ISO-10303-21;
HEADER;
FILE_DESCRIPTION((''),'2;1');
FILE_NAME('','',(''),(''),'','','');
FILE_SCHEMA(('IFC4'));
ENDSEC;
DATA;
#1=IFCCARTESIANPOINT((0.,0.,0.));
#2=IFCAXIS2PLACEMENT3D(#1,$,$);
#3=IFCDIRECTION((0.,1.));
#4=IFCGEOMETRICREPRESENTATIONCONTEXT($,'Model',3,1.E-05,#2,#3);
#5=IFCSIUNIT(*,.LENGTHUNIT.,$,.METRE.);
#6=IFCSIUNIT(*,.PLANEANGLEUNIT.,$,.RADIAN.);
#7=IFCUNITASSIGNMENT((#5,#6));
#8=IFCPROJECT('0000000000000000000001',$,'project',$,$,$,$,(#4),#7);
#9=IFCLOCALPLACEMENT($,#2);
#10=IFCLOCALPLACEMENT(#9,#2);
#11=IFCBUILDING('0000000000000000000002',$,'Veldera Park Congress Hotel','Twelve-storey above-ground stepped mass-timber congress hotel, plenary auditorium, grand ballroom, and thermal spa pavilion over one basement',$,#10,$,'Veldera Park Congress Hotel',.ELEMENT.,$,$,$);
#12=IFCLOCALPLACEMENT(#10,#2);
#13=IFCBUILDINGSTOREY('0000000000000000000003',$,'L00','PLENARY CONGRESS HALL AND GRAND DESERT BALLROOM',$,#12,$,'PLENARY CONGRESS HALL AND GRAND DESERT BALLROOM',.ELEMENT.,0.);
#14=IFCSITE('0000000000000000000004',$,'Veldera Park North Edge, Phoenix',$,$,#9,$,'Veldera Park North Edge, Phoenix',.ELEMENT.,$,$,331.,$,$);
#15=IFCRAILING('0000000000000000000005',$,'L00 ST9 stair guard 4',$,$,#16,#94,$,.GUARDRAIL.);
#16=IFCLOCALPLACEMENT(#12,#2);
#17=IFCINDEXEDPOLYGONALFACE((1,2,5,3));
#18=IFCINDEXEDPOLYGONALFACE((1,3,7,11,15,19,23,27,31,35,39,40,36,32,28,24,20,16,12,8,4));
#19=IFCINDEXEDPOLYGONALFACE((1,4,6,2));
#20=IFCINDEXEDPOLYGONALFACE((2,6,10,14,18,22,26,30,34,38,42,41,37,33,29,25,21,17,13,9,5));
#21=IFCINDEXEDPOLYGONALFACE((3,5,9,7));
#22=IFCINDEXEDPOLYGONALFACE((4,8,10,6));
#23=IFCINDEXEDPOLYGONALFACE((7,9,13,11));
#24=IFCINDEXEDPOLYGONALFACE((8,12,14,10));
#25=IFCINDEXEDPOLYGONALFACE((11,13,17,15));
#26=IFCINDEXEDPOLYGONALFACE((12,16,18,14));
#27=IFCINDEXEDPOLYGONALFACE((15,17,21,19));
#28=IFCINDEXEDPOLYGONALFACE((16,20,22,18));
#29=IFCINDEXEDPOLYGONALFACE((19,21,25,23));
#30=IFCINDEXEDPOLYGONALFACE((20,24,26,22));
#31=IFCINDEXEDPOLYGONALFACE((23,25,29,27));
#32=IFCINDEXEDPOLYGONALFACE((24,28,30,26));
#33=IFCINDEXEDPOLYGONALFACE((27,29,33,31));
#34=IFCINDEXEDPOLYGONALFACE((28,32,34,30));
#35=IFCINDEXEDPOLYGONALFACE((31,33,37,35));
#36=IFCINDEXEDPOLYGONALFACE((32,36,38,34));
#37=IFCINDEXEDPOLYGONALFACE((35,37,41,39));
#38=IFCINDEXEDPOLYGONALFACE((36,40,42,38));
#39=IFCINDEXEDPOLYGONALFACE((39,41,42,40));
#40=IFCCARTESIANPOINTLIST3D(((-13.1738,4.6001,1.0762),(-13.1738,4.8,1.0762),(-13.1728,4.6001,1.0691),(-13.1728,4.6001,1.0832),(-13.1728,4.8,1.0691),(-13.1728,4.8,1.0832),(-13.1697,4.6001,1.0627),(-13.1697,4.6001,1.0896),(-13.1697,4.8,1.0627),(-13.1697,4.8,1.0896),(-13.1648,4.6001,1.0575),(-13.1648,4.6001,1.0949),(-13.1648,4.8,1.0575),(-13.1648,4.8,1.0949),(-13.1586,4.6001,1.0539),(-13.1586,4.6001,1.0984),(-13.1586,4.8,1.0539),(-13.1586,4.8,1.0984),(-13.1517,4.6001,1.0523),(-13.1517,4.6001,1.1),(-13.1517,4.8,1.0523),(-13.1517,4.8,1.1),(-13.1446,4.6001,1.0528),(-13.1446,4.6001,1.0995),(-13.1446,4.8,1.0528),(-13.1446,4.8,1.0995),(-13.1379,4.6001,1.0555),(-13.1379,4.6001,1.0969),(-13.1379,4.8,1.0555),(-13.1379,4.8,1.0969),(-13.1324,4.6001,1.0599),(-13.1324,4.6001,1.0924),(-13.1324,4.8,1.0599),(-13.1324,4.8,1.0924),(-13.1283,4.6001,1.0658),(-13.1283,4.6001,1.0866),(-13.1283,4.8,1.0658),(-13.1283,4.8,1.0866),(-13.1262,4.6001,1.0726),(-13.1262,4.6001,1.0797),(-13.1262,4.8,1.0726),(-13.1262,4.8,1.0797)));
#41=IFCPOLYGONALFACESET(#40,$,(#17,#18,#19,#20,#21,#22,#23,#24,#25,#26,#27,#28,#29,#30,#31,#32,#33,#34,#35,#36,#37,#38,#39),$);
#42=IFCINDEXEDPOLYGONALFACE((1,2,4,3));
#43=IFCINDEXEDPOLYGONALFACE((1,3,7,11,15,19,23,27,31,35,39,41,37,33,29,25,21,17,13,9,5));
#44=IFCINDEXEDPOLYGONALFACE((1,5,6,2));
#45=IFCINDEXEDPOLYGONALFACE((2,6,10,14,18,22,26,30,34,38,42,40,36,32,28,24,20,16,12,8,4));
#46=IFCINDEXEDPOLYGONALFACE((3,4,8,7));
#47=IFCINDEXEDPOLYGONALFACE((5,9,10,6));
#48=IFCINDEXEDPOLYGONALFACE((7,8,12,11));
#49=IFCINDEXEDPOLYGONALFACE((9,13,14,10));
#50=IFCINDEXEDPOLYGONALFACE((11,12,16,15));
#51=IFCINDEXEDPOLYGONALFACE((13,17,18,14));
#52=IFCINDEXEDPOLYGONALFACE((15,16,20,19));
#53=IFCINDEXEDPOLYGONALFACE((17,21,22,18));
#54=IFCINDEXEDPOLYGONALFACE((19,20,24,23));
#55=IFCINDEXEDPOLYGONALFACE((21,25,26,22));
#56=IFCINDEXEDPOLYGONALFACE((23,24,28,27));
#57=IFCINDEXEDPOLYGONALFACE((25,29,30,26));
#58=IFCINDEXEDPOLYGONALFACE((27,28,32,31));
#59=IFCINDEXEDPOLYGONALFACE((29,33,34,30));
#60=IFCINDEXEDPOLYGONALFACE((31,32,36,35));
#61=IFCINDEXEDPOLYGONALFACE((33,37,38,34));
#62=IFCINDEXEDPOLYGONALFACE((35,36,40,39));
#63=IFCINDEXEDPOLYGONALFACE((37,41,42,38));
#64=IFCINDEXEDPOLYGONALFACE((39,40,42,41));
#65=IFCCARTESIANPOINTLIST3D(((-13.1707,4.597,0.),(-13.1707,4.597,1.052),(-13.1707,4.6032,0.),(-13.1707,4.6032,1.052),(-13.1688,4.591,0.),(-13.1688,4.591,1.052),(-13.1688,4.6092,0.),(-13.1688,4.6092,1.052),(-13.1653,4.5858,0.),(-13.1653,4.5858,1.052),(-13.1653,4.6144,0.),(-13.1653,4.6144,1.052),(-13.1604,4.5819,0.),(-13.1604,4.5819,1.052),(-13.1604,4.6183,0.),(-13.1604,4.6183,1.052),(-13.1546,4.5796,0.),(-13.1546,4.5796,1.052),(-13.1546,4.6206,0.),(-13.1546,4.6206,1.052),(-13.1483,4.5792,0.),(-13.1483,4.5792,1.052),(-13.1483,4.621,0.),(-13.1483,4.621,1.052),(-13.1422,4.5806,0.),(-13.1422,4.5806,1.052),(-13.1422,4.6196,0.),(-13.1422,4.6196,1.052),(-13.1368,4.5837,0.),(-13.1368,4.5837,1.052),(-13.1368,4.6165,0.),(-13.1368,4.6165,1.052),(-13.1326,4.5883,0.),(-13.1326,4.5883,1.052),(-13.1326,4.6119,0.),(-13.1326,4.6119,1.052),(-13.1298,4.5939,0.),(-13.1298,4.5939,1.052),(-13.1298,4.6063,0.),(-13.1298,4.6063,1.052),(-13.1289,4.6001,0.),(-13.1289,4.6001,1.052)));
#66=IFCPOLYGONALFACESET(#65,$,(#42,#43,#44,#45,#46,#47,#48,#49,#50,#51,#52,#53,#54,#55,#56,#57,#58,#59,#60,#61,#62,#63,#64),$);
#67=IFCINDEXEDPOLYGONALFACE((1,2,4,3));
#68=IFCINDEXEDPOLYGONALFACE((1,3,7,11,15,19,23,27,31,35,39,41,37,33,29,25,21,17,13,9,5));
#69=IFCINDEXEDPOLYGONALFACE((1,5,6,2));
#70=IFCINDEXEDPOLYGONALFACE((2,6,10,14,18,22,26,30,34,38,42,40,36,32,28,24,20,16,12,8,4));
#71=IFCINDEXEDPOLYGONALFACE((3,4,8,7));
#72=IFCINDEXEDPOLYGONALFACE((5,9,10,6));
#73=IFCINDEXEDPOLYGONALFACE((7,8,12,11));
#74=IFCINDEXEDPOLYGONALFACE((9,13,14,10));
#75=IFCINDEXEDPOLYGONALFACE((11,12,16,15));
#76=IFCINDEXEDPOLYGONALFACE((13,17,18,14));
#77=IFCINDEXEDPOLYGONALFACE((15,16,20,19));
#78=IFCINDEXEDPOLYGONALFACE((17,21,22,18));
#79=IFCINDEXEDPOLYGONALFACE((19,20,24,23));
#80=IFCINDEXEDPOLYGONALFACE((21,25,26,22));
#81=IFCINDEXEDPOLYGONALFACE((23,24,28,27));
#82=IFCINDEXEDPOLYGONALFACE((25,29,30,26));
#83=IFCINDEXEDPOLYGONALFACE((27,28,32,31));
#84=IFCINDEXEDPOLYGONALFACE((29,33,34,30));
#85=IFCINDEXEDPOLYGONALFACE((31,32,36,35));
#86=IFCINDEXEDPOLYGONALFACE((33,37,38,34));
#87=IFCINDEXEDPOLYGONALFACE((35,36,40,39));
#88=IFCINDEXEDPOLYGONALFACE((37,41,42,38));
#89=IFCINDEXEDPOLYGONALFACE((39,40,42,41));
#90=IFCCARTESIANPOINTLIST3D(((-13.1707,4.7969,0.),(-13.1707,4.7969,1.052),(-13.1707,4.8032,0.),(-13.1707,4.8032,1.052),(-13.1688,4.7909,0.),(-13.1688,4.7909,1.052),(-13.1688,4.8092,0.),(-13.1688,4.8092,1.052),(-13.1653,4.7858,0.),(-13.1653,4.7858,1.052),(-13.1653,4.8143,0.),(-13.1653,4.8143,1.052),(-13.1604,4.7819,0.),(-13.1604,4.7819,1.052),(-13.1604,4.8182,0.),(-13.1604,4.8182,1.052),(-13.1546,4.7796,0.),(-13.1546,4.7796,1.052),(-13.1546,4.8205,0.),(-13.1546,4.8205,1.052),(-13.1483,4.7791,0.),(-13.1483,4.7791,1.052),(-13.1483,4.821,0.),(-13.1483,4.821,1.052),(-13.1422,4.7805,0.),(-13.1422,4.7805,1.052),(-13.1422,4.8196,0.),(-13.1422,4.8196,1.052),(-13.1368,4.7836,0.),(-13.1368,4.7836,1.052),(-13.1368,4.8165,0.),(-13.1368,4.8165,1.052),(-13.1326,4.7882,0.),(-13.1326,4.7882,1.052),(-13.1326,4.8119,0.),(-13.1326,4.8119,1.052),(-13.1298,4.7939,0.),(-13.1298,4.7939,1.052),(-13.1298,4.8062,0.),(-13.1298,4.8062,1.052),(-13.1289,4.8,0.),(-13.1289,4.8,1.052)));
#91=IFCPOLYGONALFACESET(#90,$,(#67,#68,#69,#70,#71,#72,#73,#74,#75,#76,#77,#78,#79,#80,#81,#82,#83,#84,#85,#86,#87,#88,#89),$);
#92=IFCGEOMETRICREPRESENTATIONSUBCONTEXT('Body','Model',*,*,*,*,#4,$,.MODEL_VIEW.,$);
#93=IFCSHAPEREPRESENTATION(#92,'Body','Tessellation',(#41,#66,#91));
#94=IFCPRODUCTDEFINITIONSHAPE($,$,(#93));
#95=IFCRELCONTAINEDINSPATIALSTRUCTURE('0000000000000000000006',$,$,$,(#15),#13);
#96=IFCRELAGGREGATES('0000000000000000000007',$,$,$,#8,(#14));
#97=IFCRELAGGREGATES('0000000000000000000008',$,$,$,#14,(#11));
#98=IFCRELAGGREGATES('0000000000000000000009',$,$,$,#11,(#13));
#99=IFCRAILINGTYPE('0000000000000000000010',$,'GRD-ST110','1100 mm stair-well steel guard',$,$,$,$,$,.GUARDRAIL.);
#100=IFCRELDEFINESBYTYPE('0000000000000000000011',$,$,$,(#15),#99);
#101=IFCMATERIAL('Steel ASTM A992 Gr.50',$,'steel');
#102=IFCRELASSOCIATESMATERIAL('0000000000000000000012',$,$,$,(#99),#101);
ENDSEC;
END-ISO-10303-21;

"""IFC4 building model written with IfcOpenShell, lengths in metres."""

from ifc_helpers import new_model, si_unit, direction, frame, origin, origin_2d, place, context, subcontext, project, spatial, circle, extrude, material, type_object, element, save


model = new_model("IFC4")

# Units and contexts
model_context = context("Model", 3, precision=1e-05, world=origin(), true_north=direction((0.0, 1.0)))
body_context = subcontext(model_context, "Body", "Model", "MODEL_VIEW")
ifc_project = project(units=[si_unit("LENGTHUNIT", "METRE"), si_unit("PLANEANGLEUNIT", "RADIAN")], contexts=[model_context])

# Site, building, storey
site_placement = place(None, origin())
site = spatial("IfcSite", under=ifc_project, at=site_placement, Name="Veldera Park North Edge, Phoenix", LongName="Veldera Park North Edge, Phoenix", CompositionType="ELEMENT", RefElevation=331.0)
building_placement = place(site_placement, origin())
building = spatial("IfcBuilding", under=site, at=building_placement, Name="Veldera Park Congress Hotel", Description="Twelve-storey above-ground stepped mass-timber congress hotel, plenary auditorium, grand ballroom, and thermal spa pavilion over one basement", LongName="Veldera Park Congress Hotel", CompositionType="ELEMENT")
storey_placement = place(building_placement, origin())
storey = spatial("IfcBuildingStorey", under=building, at=storey_placement, Name="L00", Description="PLENARY CONGRESS HALL AND GRAND DESERT BALLROOM", LongName="PLENARY CONGRESS HALL AND GRAND DESERT BALLROOM", CompositionType="ELEMENT", Elevation=0.0)

# Shared definitions
ifc_material_1 = material(Name="Steel ASTM A992 Gr.50", Category="steel")

# Railing
railing_type_1 = type_object("IfcRailingType", Name="GRD-ST110", Description="1100 mm stair-well steel guard", PredefinedType="GUARDRAIL", material=ifc_material_1)
railing_1_placement = place(storey_placement, frame((-13.1499, 4.6001, 0.0)))
element("IfcRailing", 1, at=railing_1_placement, inside=storey, type_object=railing_type_1, Name="L00 ST9 stair guard 4", PredefinedType="GUARDRAIL", context=body_context, shape_type="SweptSolid", body=[
    extrude(circle(Radius=0.0239, at=origin_2d()), frame((0.0, 0.0, 1.0762), z_axis=(0.0, 1.0, 0.0), x_axis=(-1.0, 0.0, 0.0)), (0.0, 0.0, 1.0), 0.2),
    extrude(circle(Radius=0.021, at=origin_2d()), origin(), (0.0, 0.0, 1.0), 1.052),
    extrude(circle(Radius=0.021, at=origin_2d()), frame((0.0, 0.2, 0.0)), (0.0, 0.0, 1.0), 1.052),
])

save(model, "model.ifc")
